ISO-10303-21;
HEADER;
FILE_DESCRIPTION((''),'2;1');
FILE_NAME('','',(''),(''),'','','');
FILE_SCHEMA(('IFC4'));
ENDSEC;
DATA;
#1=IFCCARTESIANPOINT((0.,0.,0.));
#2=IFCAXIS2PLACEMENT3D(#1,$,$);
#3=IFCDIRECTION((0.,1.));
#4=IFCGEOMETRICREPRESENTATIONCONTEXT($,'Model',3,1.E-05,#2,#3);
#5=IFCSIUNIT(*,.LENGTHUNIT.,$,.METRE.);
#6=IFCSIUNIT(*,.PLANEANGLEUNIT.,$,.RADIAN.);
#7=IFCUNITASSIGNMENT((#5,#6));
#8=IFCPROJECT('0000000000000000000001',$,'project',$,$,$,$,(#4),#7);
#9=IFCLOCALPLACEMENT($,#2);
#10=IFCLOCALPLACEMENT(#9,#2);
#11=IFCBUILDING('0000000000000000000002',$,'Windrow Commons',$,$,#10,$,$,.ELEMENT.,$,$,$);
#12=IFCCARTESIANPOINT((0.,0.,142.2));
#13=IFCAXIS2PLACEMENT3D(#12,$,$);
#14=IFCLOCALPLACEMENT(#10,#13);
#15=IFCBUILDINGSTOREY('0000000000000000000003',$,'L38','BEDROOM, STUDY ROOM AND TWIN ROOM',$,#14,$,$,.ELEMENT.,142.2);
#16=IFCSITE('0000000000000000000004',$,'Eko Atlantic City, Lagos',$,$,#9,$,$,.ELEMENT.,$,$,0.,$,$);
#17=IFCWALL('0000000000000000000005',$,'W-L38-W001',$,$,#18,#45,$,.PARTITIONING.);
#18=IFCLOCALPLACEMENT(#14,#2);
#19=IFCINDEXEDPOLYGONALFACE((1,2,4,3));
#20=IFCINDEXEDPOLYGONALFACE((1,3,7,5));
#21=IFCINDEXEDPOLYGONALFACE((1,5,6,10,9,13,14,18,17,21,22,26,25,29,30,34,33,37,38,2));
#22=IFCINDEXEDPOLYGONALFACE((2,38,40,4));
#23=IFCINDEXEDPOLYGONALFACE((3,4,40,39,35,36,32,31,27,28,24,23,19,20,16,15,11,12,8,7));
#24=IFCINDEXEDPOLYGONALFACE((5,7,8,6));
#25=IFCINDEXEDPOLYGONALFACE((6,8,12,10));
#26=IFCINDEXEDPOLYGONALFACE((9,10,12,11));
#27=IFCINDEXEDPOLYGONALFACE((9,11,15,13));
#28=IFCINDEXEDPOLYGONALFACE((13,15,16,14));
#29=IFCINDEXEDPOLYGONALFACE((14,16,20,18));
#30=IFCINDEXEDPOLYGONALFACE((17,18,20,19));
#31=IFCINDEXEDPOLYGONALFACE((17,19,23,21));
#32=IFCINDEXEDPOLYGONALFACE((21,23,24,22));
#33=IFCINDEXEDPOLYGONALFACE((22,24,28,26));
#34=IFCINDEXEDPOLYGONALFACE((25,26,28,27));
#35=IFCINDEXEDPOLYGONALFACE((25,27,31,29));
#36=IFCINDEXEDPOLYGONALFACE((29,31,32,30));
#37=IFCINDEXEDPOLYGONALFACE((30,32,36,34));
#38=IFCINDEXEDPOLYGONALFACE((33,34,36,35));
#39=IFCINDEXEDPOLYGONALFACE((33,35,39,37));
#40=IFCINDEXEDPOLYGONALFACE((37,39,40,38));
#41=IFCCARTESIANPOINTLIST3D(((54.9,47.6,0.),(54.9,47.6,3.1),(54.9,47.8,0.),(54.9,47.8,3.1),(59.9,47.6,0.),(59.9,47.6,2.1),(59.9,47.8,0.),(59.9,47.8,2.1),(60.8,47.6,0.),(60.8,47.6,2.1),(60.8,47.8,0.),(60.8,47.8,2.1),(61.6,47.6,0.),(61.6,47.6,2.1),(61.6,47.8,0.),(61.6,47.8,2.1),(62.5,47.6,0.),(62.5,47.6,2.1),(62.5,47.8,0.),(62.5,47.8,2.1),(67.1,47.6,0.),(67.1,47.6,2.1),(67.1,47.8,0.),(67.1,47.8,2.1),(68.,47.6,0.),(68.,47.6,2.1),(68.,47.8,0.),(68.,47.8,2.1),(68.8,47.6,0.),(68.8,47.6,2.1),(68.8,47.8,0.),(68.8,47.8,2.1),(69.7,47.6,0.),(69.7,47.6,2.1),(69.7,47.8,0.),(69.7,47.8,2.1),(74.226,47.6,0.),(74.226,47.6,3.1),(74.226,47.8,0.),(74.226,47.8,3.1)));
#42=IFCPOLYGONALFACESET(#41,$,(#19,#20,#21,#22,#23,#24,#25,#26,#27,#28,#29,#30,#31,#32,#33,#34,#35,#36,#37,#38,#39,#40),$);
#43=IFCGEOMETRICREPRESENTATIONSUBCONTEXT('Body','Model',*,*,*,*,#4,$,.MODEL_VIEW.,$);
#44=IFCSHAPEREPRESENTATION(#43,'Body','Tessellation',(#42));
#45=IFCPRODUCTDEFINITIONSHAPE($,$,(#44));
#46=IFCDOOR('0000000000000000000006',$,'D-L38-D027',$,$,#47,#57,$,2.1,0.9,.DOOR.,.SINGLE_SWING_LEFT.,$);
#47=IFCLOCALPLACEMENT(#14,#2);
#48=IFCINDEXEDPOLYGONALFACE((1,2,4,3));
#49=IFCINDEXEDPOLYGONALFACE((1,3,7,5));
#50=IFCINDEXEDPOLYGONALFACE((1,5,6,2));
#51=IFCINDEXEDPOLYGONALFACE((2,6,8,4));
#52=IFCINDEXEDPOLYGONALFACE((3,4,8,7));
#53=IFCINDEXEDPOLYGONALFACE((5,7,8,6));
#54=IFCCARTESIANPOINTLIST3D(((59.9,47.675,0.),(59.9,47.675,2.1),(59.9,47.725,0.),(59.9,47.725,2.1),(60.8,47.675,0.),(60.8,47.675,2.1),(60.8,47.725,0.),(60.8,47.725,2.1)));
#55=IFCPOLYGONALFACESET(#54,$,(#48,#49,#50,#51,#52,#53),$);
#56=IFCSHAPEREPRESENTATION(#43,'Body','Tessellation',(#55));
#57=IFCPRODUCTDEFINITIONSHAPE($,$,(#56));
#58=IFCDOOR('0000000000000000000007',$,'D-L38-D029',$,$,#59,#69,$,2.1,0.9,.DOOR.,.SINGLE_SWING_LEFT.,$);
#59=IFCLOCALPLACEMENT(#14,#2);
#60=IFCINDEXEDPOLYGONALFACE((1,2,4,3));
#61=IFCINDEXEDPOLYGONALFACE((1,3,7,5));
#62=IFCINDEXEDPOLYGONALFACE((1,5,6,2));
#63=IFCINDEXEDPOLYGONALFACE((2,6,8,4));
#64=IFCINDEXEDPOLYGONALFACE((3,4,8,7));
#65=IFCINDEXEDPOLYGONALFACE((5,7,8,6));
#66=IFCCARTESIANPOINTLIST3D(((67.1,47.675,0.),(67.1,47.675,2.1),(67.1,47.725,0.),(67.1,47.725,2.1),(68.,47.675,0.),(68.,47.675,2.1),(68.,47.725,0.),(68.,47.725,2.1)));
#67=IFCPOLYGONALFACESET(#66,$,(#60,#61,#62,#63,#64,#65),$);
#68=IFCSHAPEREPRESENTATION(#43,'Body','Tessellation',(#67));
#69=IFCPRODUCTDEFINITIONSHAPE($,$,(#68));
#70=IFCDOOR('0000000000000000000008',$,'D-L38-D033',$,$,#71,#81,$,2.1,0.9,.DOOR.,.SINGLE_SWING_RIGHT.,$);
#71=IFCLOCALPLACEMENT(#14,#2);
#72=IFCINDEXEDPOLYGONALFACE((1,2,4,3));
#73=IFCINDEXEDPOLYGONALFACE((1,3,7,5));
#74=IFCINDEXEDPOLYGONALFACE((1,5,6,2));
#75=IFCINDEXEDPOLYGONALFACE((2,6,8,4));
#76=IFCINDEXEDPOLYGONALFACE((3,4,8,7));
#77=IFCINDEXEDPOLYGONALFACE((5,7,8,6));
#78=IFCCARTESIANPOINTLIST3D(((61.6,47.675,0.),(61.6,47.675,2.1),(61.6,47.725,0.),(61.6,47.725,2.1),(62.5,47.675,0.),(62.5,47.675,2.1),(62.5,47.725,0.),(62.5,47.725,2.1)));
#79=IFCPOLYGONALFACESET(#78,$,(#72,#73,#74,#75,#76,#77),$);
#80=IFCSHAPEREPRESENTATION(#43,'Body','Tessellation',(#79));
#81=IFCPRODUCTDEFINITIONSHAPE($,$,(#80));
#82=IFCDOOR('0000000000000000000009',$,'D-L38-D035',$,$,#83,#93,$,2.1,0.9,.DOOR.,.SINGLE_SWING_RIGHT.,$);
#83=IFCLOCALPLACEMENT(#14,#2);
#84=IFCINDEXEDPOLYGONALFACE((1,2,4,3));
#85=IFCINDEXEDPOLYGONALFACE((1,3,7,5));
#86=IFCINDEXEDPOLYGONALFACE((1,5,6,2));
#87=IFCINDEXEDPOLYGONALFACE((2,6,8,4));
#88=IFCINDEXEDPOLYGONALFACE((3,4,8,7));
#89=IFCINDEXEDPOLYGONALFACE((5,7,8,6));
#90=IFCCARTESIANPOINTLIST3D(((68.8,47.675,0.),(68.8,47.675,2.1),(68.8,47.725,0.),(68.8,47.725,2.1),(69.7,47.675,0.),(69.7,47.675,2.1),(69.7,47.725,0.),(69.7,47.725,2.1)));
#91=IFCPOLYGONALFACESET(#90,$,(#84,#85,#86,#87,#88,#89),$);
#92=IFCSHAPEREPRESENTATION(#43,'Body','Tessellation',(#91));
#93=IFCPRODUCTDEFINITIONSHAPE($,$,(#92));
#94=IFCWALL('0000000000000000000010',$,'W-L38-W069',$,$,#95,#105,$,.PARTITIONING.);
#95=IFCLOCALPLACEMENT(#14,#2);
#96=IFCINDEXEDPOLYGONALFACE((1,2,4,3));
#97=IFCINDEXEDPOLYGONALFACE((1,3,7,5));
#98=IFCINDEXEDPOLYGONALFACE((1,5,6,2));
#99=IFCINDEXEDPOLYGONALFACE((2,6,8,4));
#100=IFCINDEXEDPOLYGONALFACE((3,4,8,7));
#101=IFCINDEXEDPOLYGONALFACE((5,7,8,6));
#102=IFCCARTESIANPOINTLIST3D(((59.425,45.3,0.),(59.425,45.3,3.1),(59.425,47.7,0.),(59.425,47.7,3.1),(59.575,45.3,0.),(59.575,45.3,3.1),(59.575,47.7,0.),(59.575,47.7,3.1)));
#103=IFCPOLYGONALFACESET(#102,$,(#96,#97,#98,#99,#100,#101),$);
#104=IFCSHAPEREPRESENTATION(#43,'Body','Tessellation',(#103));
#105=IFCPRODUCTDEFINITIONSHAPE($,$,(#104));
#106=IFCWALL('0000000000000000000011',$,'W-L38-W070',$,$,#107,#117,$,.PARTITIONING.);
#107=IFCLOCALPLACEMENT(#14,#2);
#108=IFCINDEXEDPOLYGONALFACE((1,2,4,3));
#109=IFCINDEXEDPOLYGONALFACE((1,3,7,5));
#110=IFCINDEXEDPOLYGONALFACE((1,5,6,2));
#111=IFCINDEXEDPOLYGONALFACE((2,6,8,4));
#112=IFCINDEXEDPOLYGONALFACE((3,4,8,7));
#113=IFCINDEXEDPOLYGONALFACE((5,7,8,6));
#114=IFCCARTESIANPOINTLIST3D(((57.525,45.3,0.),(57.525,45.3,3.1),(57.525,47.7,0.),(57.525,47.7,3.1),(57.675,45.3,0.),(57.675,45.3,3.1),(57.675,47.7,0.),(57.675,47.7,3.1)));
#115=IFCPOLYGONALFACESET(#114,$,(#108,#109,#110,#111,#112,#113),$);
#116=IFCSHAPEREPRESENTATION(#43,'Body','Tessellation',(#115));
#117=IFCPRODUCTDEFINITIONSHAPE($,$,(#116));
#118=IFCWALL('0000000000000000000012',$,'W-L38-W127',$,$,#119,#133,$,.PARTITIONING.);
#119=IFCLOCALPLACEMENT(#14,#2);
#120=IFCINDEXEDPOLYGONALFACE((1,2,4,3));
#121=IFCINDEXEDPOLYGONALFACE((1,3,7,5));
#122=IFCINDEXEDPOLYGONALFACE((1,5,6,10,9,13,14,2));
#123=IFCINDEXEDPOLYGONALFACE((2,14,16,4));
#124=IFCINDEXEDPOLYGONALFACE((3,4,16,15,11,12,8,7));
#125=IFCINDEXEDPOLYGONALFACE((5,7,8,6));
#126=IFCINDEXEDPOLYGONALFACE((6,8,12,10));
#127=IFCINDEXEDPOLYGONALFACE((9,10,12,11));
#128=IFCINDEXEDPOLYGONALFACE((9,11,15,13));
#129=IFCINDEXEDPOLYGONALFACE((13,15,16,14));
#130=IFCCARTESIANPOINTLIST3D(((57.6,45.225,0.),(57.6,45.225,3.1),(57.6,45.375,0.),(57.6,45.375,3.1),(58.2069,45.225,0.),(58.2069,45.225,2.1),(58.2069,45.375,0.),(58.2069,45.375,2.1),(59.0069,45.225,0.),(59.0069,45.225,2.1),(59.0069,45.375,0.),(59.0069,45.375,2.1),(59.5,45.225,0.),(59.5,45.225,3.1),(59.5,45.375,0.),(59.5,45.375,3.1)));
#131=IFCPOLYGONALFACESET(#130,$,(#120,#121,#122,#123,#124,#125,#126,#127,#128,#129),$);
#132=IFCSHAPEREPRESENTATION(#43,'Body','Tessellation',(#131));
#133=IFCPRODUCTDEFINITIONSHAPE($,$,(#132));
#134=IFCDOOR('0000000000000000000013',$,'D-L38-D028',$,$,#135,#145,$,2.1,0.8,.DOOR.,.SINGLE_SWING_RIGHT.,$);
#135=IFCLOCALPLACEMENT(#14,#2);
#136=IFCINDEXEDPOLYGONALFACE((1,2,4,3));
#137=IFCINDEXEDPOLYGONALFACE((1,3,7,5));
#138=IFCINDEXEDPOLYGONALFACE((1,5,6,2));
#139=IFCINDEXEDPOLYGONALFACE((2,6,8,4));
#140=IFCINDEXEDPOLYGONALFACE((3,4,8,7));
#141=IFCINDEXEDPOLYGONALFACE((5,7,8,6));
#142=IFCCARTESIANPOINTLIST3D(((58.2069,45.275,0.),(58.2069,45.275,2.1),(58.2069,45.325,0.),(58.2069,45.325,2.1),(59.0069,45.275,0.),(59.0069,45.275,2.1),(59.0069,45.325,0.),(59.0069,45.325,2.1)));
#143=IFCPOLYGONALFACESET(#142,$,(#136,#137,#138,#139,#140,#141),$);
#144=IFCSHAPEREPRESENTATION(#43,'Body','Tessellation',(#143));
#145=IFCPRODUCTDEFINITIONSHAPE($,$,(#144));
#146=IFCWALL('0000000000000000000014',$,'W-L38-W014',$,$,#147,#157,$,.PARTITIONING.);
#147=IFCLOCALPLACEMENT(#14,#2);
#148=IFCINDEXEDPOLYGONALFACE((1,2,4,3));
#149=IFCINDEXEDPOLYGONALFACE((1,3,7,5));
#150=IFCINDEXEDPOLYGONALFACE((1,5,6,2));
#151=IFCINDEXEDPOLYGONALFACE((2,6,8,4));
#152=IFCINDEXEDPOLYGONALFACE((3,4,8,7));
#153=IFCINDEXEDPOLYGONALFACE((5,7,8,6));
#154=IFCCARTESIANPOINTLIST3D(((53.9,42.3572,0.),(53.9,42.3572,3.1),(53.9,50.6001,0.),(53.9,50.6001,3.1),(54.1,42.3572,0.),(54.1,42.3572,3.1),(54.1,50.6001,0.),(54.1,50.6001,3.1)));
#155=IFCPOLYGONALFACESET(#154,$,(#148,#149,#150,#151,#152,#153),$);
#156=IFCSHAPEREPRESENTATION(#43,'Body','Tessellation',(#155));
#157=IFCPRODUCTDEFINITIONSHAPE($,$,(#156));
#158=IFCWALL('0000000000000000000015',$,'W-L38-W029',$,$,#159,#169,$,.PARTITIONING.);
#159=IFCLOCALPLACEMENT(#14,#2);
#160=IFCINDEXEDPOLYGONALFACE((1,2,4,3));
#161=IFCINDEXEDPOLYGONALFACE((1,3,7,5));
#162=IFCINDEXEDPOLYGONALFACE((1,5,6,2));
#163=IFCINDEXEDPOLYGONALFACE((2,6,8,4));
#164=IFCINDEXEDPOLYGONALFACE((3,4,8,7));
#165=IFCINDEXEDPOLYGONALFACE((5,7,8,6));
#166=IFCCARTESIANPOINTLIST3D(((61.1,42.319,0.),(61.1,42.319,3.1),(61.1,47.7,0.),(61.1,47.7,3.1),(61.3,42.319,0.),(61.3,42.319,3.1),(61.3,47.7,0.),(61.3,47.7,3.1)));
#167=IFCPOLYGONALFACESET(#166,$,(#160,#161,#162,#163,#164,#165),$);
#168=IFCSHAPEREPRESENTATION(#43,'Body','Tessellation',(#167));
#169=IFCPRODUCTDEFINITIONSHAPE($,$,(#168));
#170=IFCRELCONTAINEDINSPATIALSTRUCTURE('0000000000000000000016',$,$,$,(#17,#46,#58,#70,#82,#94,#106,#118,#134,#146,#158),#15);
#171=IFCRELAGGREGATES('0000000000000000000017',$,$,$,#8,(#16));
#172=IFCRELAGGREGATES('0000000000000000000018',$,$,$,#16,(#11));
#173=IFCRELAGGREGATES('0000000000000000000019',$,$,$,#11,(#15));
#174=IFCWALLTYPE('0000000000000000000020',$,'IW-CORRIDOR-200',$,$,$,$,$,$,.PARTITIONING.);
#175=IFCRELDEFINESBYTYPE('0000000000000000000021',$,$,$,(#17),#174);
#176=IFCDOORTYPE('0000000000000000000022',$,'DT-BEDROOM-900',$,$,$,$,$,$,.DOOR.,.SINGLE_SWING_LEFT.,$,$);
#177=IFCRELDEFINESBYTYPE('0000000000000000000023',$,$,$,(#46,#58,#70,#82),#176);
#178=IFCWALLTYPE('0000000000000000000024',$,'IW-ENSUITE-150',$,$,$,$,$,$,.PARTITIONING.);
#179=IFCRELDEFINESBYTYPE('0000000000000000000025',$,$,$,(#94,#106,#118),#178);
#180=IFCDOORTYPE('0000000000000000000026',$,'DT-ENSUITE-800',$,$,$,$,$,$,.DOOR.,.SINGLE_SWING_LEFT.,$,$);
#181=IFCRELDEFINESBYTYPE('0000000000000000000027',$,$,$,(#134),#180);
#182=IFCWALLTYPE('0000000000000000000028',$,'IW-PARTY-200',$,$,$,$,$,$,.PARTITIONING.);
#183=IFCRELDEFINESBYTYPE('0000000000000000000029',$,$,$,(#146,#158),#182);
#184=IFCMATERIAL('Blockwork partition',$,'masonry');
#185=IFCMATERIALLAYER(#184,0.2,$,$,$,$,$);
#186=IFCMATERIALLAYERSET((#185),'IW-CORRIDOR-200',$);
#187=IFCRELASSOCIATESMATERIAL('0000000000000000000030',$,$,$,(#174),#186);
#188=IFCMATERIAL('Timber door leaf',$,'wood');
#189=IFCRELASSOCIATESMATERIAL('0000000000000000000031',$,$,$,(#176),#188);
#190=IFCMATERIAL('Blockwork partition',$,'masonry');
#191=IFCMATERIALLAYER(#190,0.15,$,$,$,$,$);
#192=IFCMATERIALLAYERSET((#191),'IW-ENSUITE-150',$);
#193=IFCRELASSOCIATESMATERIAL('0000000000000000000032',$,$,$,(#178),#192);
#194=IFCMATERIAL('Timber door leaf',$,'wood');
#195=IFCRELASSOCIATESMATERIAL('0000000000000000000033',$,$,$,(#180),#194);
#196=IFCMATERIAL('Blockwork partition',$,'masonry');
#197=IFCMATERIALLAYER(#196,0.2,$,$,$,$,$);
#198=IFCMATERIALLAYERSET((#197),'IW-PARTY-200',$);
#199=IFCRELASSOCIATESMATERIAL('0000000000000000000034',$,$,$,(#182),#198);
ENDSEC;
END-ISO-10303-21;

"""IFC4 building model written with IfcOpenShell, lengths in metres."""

from ifc_helpers import new_model, si_unit, direction, frame, frame_2d, origin, place, context, subcontext, project, spatial, rectangle, extrude, material, layer, layer_set, type_object, element, fill, save


model = new_model("IFC4")

# Units and contexts
model_context = context("Model", 3, precision=1e-05, world=origin(), true_north=direction((0.0, 1.0)))
body_context = subcontext(model_context, "Body", "Model", "MODEL_VIEW")
ifc_project = project(units=[si_unit("LENGTHUNIT", "METRE"), si_unit("PLANEANGLEUNIT", "RADIAN")], contexts=[model_context])

# Site, building, storey
site_placement = place(None, origin())
site = spatial("IfcSite", under=ifc_project, at=site_placement, Name="Eko Atlantic City, Lagos", CompositionType="ELEMENT", RefElevation=0.0)
building_placement = place(site_placement, origin())
building = spatial("IfcBuilding", under=site, at=building_placement, Name="Windrow Commons", CompositionType="ELEMENT")
storey_placement = place(building_placement, frame((0.0, 0.0, 142.2)))
storey = spatial("IfcBuildingStorey", under=building, at=storey_placement, Name="L38", Description="BEDROOM, STUDY ROOM AND TWIN ROOM", CompositionType="ELEMENT", Elevation=142.2)

# Wall, openings, doors
ifc_material_1 = material(Name="Blockwork partition", Category="masonry")
ifc_layer_1 = layer(ifc_material_1, 0.2)
ifc_layer_set_1 = layer_set([ifc_layer_1], Name="IW-CORRIDOR-200")
wall_type_1 = type_object("IfcWallType", Name="IW-CORRIDOR-200", PredefinedType="PARTITIONING", material=ifc_layer_set_1)
wall_1_placement = place(storey_placement, frame((54.9, 47.7, 0.0), z_axis=(0.0, 0.0, 1.0), x_axis=(1.0, 0.0, 0.0)))
wall_1 = element("IfcWall", 1, at=wall_1_placement, inside=storey, type_object=wall_type_1, Name="W-L38-W001", PredefinedType="PARTITIONING", context=body_context, shape_type="SweptSolid", body=[
    extrude(rectangle(XDim=19.326, YDim=0.2, at=frame_2d((9.663, 0.0))), origin(), (0.0, 0.0, 1.0), 3.1),
])
opening_1_placement = place(wall_1_placement, frame((5.0, 0.0, 0.0)))
opening_1 = element("IfcOpeningElement", 2, at=opening_1_placement, cuts=wall_1, PredefinedType="OPENING", context=body_context, shape_type="SweptSolid", body=[
    extrude(rectangle(XDim=0.9, YDim=2.1, at=frame_2d((0.45, 1.05))), frame((0.0, 0.11, 0.0), z_axis=(0.0, -1.0, 0.0), x_axis=(1.0, 0.0, 0.0)), (0.0, 0.0, 1.0), 0.22),
])
opening_2_placement = place(wall_1_placement, frame((12.2, 0.0, 0.0)))
opening_2 = element("IfcOpeningElement", 3, at=opening_2_placement, cuts=wall_1, PredefinedType="OPENING", context=body_context, shape_type="SweptSolid", body=[
    extrude(rectangle(XDim=0.9, YDim=2.1, at=frame_2d((0.45, 1.05))), frame((0.0, 0.11, 0.0), z_axis=(0.0, -1.0, 0.0), x_axis=(1.0, 0.0, 0.0)), (0.0, 0.0, 1.0), 0.22),
])
opening_3_placement = place(wall_1_placement, frame((6.7, 0.0, 0.0)))
opening_3 = element("IfcOpeningElement", 4, at=opening_3_placement, cuts=wall_1, PredefinedType="OPENING", context=body_context, shape_type="SweptSolid", body=[
    extrude(rectangle(XDim=0.9, YDim=2.1, at=frame_2d((0.45, 1.05))), frame((0.0, 0.11, 0.0), z_axis=(0.0, -1.0, 0.0), x_axis=(1.0, 0.0, 0.0)), (0.0, 0.0, 1.0), 0.22),
])
opening_4_placement = place(wall_1_placement, frame((13.9, 0.0, 0.0)))
opening_4 = element("IfcOpeningElement", 5, at=opening_4_placement, cuts=wall_1, PredefinedType="OPENING", context=body_context, shape_type="SweptSolid", body=[
    extrude(rectangle(XDim=0.9, YDim=2.1, at=frame_2d((0.45, 1.05))), frame((0.0, 0.11, 0.0), z_axis=(0.0, -1.0, 0.0), x_axis=(1.0, 0.0, 0.0)), (0.0, 0.0, 1.0), 0.22),
])
ifc_material_2 = material(Name="Timber door leaf", Category="wood")
door_type_1 = type_object("IfcDoorType", Name="DT-BEDROOM-900", OperationType="SINGLE_SWING_LEFT", PredefinedType="DOOR", material=ifc_material_2)
door_1_placement = place(opening_1_placement, origin())
door_1 = element("IfcDoor", 6, at=door_1_placement, inside=storey, type_object=door_type_1, Name="D-L38-D027", OperationType="SINGLE_SWING_LEFT", OverallHeight=2.1, OverallWidth=0.9, PredefinedType="DOOR", context=body_context, shape_type="SweptSolid", body=[
    extrude(rectangle(XDim=0.9, YDim=2.1, at=frame_2d((0.45, 1.05))), frame((0.0, 0.025, 0.0), z_axis=(0.0, -1.0, 0.0), x_axis=(1.0, 0.0, 0.0)), (0.0, 0.0, 1.0), 0.05),
])
fill(opening_1, door_1)
door_2_placement = place(opening_2_placement, origin())
door_2 = element("IfcDoor", 7, at=door_2_placement, inside=storey, type_object=door_type_1, Name="D-L38-D029", OperationType="SINGLE_SWING_LEFT", OverallHeight=2.1, OverallWidth=0.9, PredefinedType="DOOR", context=body_context, shape_type="SweptSolid", body=[
    extrude(rectangle(XDim=0.9, YDim=2.1, at=frame_2d((0.45, 1.05))), frame((0.0, 0.025, 0.0), z_axis=(0.0, -1.0, 0.0), x_axis=(1.0, 0.0, 0.0)), (0.0, 0.0, 1.0), 0.05),
])
fill(opening_2, door_2)
door_3_placement = place(opening_3_placement, origin())
door_3 = element("IfcDoor", 8, at=door_3_placement, inside=storey, type_object=door_type_1, Name="D-L38-D033", OperationType="SINGLE_SWING_RIGHT", OverallHeight=2.1, OverallWidth=0.9, PredefinedType="DOOR", context=body_context, shape_type="SweptSolid", body=[
    extrude(rectangle(XDim=0.9, YDim=2.1, at=frame_2d((0.45, 1.05))), frame((0.0, 0.025, 0.0), z_axis=(0.0, -1.0, 0.0), x_axis=(1.0, 0.0, 0.0)), (0.0, 0.0, 1.0), 0.05),
])
fill(opening_3, door_3)
door_4_placement = place(opening_4_placement, origin())
door_4 = element("IfcDoor", 9, at=door_4_placement, inside=storey, type_object=door_type_1, Name="D-L38-D035", OperationType="SINGLE_SWING_RIGHT", OverallHeight=2.1, OverallWidth=0.9, PredefinedType="DOOR", context=body_context, shape_type="SweptSolid", body=[
    extrude(rectangle(XDim=0.9, YDim=2.1, at=frame_2d((0.45, 1.05))), frame((0.0, 0.025, 0.0), z_axis=(0.0, -1.0, 0.0), x_axis=(1.0, 0.0, 0.0)), (0.0, 0.0, 1.0), 0.05),
])
fill(opening_4, door_4)

# Walls
ifc_material_3 = material(Name="Blockwork partition", Category="masonry")
ifc_layer_2 = layer(ifc_material_3, 0.15)
ifc_layer_set_2 = layer_set([ifc_layer_2], Name="IW-ENSUITE-150")
wall_type_2 = type_object("IfcWallType", Name="IW-ENSUITE-150", PredefinedType="PARTITIONING", material=ifc_layer_set_2)
for number, where, z_axis, x_axis, name in (
    (10, (59.5, 45.3, 0.0), (0.0, 0.0, 1.0), (0.0, 1.0, 0.0), "W-L38-W069"),
    (11, (57.6, 45.3, 0.0), (0.0, 0.0, 1.0), (0.0, 1.0, 0.0), "W-L38-W070"),
):
    element("IfcWall", number, at=place(storey_placement, frame(where, z_axis=z_axis, x_axis=x_axis)), inside=storey, type_object=wall_type_2, Name=name, PredefinedType="PARTITIONING", context=body_context, shape_type="SweptSolid", body=[
        extrude(rectangle(XDim=2.4, YDim=0.15, at=frame_2d((1.2, 0.0))), origin(), (0.0, 0.0, 1.0), 3.1),
    ])

# Wall, opening, door
wall_2_placement = place(storey_placement, frame((57.6, 45.3, 0.0), z_axis=(0.0, 0.0, 1.0), x_axis=(1.0, 0.0, 0.0)))
wall_2 = element("IfcWall", 12, at=wall_2_placement, inside=storey, type_object=wall_type_2, Name="W-L38-W127", PredefinedType="PARTITIONING", context=body_context, shape_type="SweptSolid", body=[
    extrude(rectangle(XDim=1.9, YDim=0.15, at=frame_2d((0.95, 0.0))), origin(), (0.0, 0.0, 1.0), 3.1),
])
opening_5_placement = place(wall_2_placement, frame((0.6069, 0.0, 0.0)))
opening_5 = element("IfcOpeningElement", 13, at=opening_5_placement, cuts=wall_2, PredefinedType="OPENING", context=body_context, shape_type="SweptSolid", body=[
    extrude(rectangle(XDim=0.8, YDim=2.1, at=frame_2d((0.4, 1.05))), frame((0.0, 0.085, 0.0), z_axis=(0.0, -1.0, 0.0), x_axis=(1.0, 0.0, 0.0)), (0.0, 0.0, 1.0), 0.17),
])
ifc_material_4 = material(Name="Timber door leaf", Category="wood")
door_type_2 = type_object("IfcDoorType", Name="DT-ENSUITE-800", OperationType="SINGLE_SWING_LEFT", PredefinedType="DOOR", material=ifc_material_4)
door_5_placement = place(opening_5_placement, origin())
door_5 = element("IfcDoor", 14, at=door_5_placement, inside=storey, type_object=door_type_2, Name="D-L38-D028", OperationType="SINGLE_SWING_RIGHT", OverallHeight=2.1, OverallWidth=0.8, PredefinedType="DOOR", context=body_context, shape_type="SweptSolid", body=[
    extrude(rectangle(XDim=0.8, YDim=2.1, at=frame_2d((0.4, 1.05))), frame((0.0, 0.025, 0.0), z_axis=(0.0, -1.0, 0.0), x_axis=(1.0, 0.0, 0.0)), (0.0, 0.0, 1.0), 0.05),
])
fill(opening_5, door_5)

# Walls
ifc_material_5 = material(Name="Blockwork partition", Category="masonry")
ifc_layer_3 = layer(ifc_material_5, 0.2)
ifc_layer_set_3 = layer_set([ifc_layer_3], Name="IW-PARTY-200")
wall_type_3 = type_object("IfcWallType", Name="IW-PARTY-200", PredefinedType="PARTITIONING", material=ifc_layer_set_3)
wall_3_placement = place(storey_placement, frame((54.0, 42.3571, 0.0), z_axis=(0.0, 0.0, 1.0), x_axis=(0.0, 1.0, 0.0)))
element("IfcWall", 15, at=wall_3_placement, inside=storey, type_object=wall_type_3, Name="W-L38-W014", PredefinedType="PARTITIONING", context=body_context, shape_type="SweptSolid", body=[
    extrude(rectangle(XDim=8.2429, YDim=0.2, at=frame_2d((4.1215, 0.0))), origin(), (0.0, 0.0, 1.0), 3.1),
])
wall_4_placement = place(storey_placement, frame((61.2, 42.319, 0.0), z_axis=(0.0, 0.0, 1.0), x_axis=(0.0, 1.0, 0.0)))
element("IfcWall", 16, at=wall_4_placement, inside=storey, type_object=wall_type_3, Name="W-L38-W029", PredefinedType="PARTITIONING", context=body_context, shape_type="SweptSolid", body=[
    extrude(rectangle(XDim=5.381, YDim=0.2, at=frame_2d((2.6905, 0.0))), origin(), (0.0, 0.0, 1.0), 3.1),
])

save(model, "model.ifc")
